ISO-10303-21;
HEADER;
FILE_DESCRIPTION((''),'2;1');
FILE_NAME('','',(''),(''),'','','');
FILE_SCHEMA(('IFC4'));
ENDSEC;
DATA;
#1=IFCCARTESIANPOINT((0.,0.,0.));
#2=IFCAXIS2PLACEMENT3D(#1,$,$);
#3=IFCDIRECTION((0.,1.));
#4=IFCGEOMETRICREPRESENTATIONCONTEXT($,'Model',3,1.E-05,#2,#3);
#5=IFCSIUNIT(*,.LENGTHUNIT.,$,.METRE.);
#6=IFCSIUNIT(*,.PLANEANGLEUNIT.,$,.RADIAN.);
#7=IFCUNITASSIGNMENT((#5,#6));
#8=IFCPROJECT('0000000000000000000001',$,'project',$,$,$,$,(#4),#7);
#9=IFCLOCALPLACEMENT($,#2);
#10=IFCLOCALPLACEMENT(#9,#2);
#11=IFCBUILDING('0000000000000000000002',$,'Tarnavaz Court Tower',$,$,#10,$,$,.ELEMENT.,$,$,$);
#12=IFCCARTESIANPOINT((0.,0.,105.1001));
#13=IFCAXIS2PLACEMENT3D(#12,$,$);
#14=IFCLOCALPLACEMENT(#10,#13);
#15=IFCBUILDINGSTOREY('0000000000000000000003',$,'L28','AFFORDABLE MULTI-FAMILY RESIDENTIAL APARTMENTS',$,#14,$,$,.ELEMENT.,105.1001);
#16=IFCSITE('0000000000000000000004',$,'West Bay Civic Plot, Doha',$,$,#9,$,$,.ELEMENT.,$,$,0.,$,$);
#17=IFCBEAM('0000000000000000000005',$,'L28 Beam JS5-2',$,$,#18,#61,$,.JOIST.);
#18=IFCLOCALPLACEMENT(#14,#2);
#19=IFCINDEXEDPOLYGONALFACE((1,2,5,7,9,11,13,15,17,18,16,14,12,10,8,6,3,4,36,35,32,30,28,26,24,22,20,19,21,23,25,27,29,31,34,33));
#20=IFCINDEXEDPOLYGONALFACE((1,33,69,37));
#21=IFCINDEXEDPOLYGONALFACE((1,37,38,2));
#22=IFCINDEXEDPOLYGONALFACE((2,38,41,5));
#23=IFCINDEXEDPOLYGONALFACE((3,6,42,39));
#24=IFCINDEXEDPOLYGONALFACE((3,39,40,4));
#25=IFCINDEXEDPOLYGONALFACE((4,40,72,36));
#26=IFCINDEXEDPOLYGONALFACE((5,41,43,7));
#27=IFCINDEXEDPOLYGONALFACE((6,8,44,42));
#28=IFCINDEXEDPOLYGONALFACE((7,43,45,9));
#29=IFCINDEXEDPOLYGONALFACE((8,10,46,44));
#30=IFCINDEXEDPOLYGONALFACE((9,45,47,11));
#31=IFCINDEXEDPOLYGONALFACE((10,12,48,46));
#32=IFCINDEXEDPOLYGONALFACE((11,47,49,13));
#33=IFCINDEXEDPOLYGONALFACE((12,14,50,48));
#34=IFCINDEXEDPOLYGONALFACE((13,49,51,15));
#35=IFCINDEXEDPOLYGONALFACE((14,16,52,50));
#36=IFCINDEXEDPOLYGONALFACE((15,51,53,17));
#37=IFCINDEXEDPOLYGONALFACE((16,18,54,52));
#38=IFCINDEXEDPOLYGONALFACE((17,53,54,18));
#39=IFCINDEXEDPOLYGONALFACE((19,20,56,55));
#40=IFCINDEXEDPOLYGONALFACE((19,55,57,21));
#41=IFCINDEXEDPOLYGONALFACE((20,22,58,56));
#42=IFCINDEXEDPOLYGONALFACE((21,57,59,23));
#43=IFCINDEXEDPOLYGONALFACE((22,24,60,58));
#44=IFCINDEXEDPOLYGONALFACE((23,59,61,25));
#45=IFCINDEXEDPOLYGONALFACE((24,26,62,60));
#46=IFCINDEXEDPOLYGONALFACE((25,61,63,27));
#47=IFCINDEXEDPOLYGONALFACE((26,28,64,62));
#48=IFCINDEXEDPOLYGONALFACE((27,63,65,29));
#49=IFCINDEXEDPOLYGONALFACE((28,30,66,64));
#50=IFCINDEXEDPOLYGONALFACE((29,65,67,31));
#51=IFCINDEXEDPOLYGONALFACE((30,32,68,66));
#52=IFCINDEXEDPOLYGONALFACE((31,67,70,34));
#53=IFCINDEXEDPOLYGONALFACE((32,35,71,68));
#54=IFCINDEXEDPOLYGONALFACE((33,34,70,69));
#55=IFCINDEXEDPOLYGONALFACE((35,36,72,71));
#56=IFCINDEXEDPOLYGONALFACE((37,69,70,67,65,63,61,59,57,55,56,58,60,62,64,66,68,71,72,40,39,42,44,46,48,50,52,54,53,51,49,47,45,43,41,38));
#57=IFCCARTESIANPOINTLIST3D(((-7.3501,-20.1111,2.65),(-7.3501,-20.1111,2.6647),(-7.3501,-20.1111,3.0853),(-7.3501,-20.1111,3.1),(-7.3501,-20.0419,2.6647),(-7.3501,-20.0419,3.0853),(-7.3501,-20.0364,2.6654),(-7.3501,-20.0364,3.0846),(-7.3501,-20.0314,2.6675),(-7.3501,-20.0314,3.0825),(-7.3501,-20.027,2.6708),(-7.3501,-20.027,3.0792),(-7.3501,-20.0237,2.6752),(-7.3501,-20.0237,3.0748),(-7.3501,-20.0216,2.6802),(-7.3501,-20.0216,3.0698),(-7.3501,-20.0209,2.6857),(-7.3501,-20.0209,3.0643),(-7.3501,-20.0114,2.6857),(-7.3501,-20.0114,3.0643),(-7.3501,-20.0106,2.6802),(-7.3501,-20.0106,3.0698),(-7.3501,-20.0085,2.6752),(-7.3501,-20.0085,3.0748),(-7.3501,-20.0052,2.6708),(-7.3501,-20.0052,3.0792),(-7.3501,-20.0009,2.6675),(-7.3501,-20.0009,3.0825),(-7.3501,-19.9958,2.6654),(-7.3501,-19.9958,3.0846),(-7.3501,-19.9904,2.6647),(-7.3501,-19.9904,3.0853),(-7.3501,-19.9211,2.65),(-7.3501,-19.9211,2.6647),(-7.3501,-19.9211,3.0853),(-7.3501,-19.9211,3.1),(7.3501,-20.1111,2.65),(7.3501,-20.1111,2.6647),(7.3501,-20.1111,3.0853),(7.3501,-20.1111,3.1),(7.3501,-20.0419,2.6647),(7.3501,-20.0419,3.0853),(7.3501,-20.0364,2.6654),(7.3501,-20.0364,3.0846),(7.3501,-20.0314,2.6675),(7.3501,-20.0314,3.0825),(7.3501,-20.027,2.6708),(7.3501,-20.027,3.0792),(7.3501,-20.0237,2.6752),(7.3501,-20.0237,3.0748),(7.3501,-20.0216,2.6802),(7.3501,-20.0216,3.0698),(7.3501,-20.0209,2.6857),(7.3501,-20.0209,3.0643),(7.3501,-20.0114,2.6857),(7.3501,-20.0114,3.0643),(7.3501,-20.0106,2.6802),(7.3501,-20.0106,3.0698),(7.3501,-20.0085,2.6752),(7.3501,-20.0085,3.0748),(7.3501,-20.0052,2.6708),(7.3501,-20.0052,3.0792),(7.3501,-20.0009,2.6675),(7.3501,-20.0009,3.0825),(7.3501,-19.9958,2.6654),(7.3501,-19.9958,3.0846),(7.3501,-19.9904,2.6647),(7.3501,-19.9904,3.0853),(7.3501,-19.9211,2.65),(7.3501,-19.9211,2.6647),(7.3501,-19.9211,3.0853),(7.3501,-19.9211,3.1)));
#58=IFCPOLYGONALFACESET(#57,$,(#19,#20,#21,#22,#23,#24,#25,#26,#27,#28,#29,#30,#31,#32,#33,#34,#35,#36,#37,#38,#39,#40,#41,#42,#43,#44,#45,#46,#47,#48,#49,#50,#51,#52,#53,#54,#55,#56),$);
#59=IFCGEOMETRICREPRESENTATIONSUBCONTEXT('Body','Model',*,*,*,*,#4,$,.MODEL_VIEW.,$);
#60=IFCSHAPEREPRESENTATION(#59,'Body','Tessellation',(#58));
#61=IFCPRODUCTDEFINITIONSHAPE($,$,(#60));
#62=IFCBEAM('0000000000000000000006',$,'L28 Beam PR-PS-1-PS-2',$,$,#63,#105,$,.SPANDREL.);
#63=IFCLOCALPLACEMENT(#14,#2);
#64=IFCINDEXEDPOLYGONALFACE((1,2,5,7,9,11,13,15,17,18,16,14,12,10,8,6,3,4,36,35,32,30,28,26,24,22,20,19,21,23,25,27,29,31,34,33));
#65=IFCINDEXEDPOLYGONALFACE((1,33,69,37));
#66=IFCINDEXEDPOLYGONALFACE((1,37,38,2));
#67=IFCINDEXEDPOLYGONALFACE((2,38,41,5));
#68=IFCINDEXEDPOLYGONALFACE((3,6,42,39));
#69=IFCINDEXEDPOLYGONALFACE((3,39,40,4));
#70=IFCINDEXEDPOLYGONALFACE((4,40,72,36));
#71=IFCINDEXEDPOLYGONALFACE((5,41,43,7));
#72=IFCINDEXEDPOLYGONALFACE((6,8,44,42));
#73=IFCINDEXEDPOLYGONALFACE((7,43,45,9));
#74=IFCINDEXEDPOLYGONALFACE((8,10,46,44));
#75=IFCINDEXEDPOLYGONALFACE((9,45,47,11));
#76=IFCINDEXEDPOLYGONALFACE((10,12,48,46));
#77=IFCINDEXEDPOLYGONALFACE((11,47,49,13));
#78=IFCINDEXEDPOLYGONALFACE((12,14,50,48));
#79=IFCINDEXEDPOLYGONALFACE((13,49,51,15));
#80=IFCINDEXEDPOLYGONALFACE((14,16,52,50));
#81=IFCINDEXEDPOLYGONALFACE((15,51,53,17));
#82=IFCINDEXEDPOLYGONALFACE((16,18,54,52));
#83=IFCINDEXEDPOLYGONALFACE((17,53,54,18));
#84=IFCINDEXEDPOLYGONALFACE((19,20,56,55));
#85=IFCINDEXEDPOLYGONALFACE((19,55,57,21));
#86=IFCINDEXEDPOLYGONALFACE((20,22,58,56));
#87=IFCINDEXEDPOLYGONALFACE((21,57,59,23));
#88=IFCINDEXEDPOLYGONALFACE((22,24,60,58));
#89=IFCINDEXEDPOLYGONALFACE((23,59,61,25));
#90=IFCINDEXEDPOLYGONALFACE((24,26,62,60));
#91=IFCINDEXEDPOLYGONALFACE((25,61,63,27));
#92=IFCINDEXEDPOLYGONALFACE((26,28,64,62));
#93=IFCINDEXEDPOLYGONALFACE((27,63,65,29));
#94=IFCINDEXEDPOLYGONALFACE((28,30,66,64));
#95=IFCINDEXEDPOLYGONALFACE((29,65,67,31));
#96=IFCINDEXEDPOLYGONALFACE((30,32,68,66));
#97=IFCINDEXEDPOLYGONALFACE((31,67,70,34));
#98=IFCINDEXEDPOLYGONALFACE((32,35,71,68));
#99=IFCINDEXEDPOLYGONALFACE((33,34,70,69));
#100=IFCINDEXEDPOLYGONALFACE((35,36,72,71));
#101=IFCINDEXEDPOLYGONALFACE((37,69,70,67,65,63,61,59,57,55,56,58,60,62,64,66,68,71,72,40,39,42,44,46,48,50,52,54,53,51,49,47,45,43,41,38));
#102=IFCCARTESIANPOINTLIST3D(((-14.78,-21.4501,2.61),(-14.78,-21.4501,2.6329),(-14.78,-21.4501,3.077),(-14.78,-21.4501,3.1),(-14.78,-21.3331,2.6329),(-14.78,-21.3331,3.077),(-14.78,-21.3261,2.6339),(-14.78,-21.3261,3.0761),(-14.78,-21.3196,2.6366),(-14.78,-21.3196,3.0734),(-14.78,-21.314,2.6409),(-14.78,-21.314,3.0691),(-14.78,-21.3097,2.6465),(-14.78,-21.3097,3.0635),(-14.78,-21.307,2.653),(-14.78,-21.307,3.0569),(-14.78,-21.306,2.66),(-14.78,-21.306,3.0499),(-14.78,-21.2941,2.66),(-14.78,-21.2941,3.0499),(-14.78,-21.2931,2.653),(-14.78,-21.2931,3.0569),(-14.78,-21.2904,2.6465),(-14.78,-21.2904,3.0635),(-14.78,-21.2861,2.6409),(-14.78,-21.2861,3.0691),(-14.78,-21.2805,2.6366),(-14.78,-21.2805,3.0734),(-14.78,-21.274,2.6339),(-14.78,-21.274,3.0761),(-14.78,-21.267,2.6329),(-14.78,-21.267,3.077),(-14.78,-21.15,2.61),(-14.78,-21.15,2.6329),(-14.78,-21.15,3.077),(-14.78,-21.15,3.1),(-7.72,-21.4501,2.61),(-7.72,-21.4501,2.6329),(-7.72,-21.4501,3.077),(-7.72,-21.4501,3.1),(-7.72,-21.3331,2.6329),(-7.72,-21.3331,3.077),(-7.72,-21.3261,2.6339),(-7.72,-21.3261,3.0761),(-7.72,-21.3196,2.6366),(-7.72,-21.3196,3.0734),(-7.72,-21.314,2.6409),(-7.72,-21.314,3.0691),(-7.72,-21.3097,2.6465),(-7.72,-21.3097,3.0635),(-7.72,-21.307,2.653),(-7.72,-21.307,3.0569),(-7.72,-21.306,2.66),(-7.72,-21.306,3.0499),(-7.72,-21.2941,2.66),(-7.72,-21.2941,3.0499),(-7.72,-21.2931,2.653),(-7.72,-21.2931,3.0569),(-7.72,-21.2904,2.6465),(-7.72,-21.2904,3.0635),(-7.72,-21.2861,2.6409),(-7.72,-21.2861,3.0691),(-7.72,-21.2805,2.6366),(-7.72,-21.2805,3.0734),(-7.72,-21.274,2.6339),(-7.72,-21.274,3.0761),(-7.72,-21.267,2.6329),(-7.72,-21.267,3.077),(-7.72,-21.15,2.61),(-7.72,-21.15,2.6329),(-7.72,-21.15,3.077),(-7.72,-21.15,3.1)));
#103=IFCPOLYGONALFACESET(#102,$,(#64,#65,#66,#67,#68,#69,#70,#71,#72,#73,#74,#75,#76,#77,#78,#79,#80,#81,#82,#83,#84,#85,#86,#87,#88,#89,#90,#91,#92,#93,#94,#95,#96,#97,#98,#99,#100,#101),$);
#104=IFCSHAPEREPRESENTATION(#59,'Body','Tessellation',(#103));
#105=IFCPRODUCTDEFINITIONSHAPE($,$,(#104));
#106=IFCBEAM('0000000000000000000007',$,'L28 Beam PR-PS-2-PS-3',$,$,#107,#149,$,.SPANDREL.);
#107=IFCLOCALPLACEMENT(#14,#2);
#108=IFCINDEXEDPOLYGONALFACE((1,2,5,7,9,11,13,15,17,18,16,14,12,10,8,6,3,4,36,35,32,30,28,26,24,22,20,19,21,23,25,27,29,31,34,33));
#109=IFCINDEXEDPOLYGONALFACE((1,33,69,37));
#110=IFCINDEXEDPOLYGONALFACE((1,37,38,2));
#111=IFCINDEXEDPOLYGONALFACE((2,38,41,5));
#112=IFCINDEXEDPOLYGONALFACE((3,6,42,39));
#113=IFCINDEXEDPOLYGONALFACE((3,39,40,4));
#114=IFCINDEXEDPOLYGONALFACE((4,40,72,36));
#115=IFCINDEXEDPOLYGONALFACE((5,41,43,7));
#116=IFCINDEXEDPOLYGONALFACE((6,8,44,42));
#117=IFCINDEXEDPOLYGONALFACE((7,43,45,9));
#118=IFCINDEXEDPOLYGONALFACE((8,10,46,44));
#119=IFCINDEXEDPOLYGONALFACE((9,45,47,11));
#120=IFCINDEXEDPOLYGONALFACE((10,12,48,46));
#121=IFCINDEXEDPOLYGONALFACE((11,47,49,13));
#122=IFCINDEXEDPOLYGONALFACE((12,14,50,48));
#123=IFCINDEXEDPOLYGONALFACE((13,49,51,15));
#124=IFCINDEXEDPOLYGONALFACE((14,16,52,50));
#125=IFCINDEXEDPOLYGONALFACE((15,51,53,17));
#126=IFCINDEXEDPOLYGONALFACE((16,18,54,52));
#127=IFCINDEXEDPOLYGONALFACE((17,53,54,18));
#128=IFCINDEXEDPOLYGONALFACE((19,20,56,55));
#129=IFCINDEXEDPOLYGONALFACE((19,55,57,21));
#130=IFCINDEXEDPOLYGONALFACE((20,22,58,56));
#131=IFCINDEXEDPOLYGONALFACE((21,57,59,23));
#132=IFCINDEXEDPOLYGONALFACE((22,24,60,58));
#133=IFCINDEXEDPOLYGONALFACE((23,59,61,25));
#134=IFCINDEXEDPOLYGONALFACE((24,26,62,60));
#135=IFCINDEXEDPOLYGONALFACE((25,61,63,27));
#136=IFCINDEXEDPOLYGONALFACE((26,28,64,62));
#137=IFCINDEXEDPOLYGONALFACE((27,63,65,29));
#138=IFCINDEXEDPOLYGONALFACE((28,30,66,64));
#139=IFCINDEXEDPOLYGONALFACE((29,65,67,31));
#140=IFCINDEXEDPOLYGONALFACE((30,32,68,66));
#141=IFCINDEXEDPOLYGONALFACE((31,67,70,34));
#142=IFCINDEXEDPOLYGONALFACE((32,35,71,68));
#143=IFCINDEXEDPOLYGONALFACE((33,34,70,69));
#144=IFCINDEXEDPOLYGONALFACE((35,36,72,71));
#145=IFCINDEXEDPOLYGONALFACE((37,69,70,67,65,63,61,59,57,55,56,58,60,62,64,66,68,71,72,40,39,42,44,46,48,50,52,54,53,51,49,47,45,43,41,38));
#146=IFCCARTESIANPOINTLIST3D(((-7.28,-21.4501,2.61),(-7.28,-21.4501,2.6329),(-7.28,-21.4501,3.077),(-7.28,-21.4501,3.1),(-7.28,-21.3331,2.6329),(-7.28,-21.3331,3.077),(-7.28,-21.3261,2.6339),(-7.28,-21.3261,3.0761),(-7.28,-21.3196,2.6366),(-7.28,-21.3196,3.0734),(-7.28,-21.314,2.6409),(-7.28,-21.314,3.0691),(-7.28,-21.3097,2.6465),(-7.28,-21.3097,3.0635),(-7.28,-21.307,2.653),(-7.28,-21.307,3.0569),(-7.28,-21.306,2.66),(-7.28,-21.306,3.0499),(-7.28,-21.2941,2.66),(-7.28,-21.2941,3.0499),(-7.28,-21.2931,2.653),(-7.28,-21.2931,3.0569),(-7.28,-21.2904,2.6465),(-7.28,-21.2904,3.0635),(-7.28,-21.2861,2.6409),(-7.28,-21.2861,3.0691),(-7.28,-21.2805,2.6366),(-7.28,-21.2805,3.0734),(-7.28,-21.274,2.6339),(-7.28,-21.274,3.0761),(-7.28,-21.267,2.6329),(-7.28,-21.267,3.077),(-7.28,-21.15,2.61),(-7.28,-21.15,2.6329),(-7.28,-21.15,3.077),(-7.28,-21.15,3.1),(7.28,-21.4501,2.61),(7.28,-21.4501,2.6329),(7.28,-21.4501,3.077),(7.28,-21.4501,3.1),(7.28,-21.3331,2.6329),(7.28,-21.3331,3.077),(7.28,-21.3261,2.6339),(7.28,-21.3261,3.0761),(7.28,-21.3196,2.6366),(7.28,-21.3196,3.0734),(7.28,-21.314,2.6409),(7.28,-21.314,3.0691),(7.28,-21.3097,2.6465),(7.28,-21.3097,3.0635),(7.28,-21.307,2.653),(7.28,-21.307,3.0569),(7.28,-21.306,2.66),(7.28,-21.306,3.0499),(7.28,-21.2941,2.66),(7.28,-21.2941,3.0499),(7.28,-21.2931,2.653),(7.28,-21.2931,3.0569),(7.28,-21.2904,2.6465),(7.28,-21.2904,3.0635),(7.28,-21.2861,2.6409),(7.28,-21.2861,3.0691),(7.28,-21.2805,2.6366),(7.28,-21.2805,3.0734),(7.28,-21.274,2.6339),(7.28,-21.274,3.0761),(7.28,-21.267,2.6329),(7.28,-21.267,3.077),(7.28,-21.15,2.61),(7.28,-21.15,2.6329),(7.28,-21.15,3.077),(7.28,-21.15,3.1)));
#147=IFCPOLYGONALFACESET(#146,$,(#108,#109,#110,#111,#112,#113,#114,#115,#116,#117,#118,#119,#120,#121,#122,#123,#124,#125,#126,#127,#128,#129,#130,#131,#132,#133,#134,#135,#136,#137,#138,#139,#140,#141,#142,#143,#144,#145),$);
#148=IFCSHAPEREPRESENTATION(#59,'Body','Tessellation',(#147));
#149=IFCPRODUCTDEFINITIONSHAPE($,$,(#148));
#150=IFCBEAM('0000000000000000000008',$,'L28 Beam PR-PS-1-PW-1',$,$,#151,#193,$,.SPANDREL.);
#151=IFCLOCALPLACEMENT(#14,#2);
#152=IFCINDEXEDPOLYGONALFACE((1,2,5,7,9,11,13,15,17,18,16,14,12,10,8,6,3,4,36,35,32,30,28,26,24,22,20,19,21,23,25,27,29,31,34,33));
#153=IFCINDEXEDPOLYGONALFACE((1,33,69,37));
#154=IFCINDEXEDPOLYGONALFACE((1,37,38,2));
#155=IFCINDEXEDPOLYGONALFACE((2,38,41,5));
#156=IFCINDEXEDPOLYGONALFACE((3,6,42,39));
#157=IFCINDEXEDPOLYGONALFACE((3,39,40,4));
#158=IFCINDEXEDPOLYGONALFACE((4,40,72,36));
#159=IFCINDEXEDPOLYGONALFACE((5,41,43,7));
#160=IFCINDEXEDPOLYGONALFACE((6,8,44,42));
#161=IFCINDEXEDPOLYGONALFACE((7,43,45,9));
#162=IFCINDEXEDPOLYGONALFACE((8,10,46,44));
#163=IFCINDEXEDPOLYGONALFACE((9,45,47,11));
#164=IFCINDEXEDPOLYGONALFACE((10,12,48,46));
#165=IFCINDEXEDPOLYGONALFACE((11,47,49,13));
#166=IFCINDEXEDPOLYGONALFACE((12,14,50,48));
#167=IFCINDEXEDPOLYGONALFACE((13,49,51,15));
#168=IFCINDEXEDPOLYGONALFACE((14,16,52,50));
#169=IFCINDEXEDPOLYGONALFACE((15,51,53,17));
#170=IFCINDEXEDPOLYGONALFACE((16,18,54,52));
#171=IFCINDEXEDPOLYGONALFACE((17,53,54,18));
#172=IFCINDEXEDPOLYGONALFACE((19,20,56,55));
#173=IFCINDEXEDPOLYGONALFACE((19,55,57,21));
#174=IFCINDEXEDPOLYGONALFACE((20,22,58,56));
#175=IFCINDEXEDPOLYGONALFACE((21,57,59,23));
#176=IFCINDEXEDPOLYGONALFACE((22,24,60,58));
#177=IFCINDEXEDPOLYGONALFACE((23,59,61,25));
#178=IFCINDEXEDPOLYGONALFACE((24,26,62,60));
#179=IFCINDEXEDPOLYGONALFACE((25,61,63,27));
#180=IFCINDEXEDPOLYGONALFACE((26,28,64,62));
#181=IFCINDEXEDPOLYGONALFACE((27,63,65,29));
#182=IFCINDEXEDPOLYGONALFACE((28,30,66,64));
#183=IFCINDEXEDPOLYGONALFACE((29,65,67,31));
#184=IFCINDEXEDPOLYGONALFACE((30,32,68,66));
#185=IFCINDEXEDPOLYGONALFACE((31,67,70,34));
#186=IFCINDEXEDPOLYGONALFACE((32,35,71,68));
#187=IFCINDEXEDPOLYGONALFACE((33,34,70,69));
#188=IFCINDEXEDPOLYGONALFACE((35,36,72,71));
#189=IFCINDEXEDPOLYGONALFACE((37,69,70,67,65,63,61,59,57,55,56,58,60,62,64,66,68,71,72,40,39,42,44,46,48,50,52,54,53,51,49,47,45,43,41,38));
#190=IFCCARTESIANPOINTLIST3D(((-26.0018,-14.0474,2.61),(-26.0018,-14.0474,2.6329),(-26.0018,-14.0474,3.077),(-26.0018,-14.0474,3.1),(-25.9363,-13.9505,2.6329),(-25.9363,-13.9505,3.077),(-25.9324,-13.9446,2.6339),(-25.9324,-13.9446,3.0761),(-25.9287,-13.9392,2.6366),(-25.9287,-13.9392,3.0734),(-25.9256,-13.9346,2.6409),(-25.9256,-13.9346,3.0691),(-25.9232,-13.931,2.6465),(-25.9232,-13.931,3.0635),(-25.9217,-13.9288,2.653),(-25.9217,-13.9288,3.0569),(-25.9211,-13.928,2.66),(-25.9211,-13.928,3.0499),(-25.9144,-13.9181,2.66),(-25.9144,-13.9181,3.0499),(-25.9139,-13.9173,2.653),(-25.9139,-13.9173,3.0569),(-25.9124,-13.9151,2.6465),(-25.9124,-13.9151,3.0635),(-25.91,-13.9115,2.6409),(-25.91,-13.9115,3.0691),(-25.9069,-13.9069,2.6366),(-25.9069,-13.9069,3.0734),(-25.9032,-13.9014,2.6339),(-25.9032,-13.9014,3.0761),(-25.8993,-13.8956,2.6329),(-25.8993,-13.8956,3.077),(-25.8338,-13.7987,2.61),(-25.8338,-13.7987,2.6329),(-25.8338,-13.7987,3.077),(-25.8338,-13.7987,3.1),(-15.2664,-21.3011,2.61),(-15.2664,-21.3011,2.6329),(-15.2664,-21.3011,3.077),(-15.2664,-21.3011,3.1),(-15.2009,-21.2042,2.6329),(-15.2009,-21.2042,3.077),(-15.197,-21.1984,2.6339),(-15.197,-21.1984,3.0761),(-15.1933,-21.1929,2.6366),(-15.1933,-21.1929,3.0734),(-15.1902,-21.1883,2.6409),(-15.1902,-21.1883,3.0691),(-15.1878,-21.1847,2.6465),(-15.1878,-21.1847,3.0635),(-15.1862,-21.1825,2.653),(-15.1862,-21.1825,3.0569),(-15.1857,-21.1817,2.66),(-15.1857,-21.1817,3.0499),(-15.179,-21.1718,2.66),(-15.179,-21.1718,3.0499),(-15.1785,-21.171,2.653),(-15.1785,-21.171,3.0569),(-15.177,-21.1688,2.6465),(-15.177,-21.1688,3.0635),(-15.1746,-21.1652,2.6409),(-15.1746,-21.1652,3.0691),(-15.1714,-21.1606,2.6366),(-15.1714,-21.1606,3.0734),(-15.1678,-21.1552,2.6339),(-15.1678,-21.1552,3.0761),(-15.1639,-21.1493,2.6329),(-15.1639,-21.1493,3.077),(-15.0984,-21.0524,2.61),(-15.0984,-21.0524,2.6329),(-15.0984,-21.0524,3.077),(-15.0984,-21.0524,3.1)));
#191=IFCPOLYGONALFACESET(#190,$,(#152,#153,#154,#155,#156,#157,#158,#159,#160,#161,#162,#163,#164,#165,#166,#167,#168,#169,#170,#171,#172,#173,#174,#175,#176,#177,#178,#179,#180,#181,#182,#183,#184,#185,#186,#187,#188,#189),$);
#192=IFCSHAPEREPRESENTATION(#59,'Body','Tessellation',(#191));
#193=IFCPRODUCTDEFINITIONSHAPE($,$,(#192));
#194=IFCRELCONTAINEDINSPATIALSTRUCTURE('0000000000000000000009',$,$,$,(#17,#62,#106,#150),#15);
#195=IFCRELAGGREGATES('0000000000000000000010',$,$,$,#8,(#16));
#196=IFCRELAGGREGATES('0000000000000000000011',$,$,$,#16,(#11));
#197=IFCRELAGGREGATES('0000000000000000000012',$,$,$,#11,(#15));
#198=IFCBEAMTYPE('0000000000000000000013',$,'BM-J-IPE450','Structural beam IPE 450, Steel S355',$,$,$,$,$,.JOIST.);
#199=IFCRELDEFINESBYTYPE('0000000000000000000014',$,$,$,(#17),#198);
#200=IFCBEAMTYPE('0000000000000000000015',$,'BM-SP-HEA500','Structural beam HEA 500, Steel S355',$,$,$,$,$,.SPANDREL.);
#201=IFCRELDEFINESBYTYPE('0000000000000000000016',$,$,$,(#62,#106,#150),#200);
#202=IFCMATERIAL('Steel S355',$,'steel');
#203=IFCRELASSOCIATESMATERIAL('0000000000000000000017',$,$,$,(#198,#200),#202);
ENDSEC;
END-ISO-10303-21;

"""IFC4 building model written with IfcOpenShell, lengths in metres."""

from ifc_helpers import new_model, si_unit, direction, frame, origin, origin_2d, place, context, subcontext, project, spatial, i_section, extrude, material, material_profile, profile_set, type_object, element, save


model = new_model("IFC4")

# Units and contexts
model_context = context("Model", 3, precision=1e-05, world=origin(), true_north=direction((0.0, 1.0)))
body_context = subcontext(model_context, "Body", "Model", "MODEL_VIEW")
ifc_project = project(units=[si_unit("LENGTHUNIT", "METRE"), si_unit("PLANEANGLEUNIT", "RADIAN")], contexts=[model_context])

# Site, building, storey
site_placement = place(None, origin())
site = spatial("IfcSite", under=ifc_project, at=site_placement, Name="West Bay Civic Plot, Doha", CompositionType="ELEMENT", RefElevation=0.0)
building_placement = place(site_placement, origin())
building = spatial("IfcBuilding", under=site, at=building_placement, Name="Tarnavaz Court Tower", CompositionType="ELEMENT")
storey_placement = place(building_placement, frame((0.0, 0.0, 105.1001)))
storey = spatial("IfcBuildingStorey", under=building, at=storey_placement, Name="L28", Description="AFFORDABLE MULTI-FAMILY RESIDENTIAL APARTMENTS", CompositionType="ELEMENT", Elevation=105.1001)

# Beams
ifc_material_1 = material(Name="Steel S355", Category="steel")
ifc_material_profile_1 = material_profile(ifc_material_1, i_section(OverallWidth=0.1899, OverallDepth=0.45, WebThickness=0.0095, FlangeThickness=0.0146, FilletRadius=0.021, at=origin_2d()), Name="IPE 450")
ifc_profile_set_1 = profile_set([ifc_material_profile_1], Name="Steel S355")
beam_type_1 = type_object("IfcBeamType", Name="BM-J-IPE450", Description="Structural beam IPE 450, Steel S355", PredefinedType="JOIST", material=ifc_profile_set_1)
beam_1_placement = place(storey_placement, frame((-7.3501, -20.0161, 2.875), z_axis=(1.0, 0.0, 0.0), x_axis=(0.0, 1.0, 0.0)))
element("IfcBeam", 1, at=beam_1_placement, inside=storey, type_object=beam_type_1, Name="L28 Beam JS5-2", PredefinedType="JOIST", context=body_context, shape_type="SweptSolid", body=[
    extrude(i_section(OverallWidth=0.1899, OverallDepth=0.45, WebThickness=0.0095, FlangeThickness=0.0146, FilletRadius=0.021, at=origin_2d()), origin(), (0.0, 0.0, 1.0), 14.7002),
])
ifc_material_profile_2 = material_profile(ifc_material_1, i_section(OverallWidth=0.3, OverallDepth=0.49, WebThickness=0.012, FlangeThickness=0.0229, FilletRadius=0.0271, at=origin_2d()), Name="HEA 500")
ifc_profile_set_2 = profile_set([ifc_material_profile_2], Name="Steel S355")
beam_type_2 = type_object("IfcBeamType", Name="BM-SP-HEA500", Description="Structural beam HEA 500, Steel S355", PredefinedType="SPANDREL", material=ifc_profile_set_2)
beam_2_placement = place(storey_placement, frame((-14.78, -21.3, 2.855), z_axis=(1.0, 0.0, 0.0), x_axis=(0.0, 1.0, 0.0)))
element("IfcBeam", 2, at=beam_2_placement, inside=storey, type_object=beam_type_2, Name="L28 Beam PR-PS-1-PS-2", PredefinedType="SPANDREL", context=body_context, shape_type="SweptSolid", body=[
    extrude(i_section(OverallWidth=0.3, OverallDepth=0.49, WebThickness=0.012, FlangeThickness=0.0229, FilletRadius=0.0271, at=origin_2d()), origin(), (0.0, 0.0, 1.0), 7.0601),
])
beam_3_placement = place(storey_placement, frame((-7.28, -21.3, 2.855), z_axis=(1.0, 0.0, 0.0), x_axis=(0.0, 1.0, 0.0)))
element("IfcBeam", 3, at=beam_3_placement, inside=storey, type_object=beam_type_2, Name="L28 Beam PR-PS-2-PS-3", PredefinedType="SPANDREL", context=body_context, shape_type="SweptSolid", body=[
    extrude(i_section(OverallWidth=0.3, OverallDepth=0.49, WebThickness=0.012, FlangeThickness=0.0229, FilletRadius=0.0271, at=origin_2d()), origin(), (0.0, 0.0, 1.0), 14.5601),
])
beam_4_placement = place(storey_placement, frame((-15.1824, -21.1768, 2.855), z_axis=(-0.828587, 0.55986, 0.0), x_axis=(-0.55986, -0.828587, 0.0)))
element("IfcBeam", 4, at=beam_4_placement, inside=storey, type_object=beam_type_2, Name="L28 Beam PR-PS-1-PW-1", PredefinedType="SPANDREL", context=body_context, shape_type="SweptSolid", body=[
    extrude(i_section(OverallWidth=0.3, OverallDepth=0.49, WebThickness=0.012, FlangeThickness=0.0229, FilletRadius=0.0271, at=origin_2d()), origin(), (0.0, 0.0, 1.0), 12.9563),
])

save(model, "model.ifc")
